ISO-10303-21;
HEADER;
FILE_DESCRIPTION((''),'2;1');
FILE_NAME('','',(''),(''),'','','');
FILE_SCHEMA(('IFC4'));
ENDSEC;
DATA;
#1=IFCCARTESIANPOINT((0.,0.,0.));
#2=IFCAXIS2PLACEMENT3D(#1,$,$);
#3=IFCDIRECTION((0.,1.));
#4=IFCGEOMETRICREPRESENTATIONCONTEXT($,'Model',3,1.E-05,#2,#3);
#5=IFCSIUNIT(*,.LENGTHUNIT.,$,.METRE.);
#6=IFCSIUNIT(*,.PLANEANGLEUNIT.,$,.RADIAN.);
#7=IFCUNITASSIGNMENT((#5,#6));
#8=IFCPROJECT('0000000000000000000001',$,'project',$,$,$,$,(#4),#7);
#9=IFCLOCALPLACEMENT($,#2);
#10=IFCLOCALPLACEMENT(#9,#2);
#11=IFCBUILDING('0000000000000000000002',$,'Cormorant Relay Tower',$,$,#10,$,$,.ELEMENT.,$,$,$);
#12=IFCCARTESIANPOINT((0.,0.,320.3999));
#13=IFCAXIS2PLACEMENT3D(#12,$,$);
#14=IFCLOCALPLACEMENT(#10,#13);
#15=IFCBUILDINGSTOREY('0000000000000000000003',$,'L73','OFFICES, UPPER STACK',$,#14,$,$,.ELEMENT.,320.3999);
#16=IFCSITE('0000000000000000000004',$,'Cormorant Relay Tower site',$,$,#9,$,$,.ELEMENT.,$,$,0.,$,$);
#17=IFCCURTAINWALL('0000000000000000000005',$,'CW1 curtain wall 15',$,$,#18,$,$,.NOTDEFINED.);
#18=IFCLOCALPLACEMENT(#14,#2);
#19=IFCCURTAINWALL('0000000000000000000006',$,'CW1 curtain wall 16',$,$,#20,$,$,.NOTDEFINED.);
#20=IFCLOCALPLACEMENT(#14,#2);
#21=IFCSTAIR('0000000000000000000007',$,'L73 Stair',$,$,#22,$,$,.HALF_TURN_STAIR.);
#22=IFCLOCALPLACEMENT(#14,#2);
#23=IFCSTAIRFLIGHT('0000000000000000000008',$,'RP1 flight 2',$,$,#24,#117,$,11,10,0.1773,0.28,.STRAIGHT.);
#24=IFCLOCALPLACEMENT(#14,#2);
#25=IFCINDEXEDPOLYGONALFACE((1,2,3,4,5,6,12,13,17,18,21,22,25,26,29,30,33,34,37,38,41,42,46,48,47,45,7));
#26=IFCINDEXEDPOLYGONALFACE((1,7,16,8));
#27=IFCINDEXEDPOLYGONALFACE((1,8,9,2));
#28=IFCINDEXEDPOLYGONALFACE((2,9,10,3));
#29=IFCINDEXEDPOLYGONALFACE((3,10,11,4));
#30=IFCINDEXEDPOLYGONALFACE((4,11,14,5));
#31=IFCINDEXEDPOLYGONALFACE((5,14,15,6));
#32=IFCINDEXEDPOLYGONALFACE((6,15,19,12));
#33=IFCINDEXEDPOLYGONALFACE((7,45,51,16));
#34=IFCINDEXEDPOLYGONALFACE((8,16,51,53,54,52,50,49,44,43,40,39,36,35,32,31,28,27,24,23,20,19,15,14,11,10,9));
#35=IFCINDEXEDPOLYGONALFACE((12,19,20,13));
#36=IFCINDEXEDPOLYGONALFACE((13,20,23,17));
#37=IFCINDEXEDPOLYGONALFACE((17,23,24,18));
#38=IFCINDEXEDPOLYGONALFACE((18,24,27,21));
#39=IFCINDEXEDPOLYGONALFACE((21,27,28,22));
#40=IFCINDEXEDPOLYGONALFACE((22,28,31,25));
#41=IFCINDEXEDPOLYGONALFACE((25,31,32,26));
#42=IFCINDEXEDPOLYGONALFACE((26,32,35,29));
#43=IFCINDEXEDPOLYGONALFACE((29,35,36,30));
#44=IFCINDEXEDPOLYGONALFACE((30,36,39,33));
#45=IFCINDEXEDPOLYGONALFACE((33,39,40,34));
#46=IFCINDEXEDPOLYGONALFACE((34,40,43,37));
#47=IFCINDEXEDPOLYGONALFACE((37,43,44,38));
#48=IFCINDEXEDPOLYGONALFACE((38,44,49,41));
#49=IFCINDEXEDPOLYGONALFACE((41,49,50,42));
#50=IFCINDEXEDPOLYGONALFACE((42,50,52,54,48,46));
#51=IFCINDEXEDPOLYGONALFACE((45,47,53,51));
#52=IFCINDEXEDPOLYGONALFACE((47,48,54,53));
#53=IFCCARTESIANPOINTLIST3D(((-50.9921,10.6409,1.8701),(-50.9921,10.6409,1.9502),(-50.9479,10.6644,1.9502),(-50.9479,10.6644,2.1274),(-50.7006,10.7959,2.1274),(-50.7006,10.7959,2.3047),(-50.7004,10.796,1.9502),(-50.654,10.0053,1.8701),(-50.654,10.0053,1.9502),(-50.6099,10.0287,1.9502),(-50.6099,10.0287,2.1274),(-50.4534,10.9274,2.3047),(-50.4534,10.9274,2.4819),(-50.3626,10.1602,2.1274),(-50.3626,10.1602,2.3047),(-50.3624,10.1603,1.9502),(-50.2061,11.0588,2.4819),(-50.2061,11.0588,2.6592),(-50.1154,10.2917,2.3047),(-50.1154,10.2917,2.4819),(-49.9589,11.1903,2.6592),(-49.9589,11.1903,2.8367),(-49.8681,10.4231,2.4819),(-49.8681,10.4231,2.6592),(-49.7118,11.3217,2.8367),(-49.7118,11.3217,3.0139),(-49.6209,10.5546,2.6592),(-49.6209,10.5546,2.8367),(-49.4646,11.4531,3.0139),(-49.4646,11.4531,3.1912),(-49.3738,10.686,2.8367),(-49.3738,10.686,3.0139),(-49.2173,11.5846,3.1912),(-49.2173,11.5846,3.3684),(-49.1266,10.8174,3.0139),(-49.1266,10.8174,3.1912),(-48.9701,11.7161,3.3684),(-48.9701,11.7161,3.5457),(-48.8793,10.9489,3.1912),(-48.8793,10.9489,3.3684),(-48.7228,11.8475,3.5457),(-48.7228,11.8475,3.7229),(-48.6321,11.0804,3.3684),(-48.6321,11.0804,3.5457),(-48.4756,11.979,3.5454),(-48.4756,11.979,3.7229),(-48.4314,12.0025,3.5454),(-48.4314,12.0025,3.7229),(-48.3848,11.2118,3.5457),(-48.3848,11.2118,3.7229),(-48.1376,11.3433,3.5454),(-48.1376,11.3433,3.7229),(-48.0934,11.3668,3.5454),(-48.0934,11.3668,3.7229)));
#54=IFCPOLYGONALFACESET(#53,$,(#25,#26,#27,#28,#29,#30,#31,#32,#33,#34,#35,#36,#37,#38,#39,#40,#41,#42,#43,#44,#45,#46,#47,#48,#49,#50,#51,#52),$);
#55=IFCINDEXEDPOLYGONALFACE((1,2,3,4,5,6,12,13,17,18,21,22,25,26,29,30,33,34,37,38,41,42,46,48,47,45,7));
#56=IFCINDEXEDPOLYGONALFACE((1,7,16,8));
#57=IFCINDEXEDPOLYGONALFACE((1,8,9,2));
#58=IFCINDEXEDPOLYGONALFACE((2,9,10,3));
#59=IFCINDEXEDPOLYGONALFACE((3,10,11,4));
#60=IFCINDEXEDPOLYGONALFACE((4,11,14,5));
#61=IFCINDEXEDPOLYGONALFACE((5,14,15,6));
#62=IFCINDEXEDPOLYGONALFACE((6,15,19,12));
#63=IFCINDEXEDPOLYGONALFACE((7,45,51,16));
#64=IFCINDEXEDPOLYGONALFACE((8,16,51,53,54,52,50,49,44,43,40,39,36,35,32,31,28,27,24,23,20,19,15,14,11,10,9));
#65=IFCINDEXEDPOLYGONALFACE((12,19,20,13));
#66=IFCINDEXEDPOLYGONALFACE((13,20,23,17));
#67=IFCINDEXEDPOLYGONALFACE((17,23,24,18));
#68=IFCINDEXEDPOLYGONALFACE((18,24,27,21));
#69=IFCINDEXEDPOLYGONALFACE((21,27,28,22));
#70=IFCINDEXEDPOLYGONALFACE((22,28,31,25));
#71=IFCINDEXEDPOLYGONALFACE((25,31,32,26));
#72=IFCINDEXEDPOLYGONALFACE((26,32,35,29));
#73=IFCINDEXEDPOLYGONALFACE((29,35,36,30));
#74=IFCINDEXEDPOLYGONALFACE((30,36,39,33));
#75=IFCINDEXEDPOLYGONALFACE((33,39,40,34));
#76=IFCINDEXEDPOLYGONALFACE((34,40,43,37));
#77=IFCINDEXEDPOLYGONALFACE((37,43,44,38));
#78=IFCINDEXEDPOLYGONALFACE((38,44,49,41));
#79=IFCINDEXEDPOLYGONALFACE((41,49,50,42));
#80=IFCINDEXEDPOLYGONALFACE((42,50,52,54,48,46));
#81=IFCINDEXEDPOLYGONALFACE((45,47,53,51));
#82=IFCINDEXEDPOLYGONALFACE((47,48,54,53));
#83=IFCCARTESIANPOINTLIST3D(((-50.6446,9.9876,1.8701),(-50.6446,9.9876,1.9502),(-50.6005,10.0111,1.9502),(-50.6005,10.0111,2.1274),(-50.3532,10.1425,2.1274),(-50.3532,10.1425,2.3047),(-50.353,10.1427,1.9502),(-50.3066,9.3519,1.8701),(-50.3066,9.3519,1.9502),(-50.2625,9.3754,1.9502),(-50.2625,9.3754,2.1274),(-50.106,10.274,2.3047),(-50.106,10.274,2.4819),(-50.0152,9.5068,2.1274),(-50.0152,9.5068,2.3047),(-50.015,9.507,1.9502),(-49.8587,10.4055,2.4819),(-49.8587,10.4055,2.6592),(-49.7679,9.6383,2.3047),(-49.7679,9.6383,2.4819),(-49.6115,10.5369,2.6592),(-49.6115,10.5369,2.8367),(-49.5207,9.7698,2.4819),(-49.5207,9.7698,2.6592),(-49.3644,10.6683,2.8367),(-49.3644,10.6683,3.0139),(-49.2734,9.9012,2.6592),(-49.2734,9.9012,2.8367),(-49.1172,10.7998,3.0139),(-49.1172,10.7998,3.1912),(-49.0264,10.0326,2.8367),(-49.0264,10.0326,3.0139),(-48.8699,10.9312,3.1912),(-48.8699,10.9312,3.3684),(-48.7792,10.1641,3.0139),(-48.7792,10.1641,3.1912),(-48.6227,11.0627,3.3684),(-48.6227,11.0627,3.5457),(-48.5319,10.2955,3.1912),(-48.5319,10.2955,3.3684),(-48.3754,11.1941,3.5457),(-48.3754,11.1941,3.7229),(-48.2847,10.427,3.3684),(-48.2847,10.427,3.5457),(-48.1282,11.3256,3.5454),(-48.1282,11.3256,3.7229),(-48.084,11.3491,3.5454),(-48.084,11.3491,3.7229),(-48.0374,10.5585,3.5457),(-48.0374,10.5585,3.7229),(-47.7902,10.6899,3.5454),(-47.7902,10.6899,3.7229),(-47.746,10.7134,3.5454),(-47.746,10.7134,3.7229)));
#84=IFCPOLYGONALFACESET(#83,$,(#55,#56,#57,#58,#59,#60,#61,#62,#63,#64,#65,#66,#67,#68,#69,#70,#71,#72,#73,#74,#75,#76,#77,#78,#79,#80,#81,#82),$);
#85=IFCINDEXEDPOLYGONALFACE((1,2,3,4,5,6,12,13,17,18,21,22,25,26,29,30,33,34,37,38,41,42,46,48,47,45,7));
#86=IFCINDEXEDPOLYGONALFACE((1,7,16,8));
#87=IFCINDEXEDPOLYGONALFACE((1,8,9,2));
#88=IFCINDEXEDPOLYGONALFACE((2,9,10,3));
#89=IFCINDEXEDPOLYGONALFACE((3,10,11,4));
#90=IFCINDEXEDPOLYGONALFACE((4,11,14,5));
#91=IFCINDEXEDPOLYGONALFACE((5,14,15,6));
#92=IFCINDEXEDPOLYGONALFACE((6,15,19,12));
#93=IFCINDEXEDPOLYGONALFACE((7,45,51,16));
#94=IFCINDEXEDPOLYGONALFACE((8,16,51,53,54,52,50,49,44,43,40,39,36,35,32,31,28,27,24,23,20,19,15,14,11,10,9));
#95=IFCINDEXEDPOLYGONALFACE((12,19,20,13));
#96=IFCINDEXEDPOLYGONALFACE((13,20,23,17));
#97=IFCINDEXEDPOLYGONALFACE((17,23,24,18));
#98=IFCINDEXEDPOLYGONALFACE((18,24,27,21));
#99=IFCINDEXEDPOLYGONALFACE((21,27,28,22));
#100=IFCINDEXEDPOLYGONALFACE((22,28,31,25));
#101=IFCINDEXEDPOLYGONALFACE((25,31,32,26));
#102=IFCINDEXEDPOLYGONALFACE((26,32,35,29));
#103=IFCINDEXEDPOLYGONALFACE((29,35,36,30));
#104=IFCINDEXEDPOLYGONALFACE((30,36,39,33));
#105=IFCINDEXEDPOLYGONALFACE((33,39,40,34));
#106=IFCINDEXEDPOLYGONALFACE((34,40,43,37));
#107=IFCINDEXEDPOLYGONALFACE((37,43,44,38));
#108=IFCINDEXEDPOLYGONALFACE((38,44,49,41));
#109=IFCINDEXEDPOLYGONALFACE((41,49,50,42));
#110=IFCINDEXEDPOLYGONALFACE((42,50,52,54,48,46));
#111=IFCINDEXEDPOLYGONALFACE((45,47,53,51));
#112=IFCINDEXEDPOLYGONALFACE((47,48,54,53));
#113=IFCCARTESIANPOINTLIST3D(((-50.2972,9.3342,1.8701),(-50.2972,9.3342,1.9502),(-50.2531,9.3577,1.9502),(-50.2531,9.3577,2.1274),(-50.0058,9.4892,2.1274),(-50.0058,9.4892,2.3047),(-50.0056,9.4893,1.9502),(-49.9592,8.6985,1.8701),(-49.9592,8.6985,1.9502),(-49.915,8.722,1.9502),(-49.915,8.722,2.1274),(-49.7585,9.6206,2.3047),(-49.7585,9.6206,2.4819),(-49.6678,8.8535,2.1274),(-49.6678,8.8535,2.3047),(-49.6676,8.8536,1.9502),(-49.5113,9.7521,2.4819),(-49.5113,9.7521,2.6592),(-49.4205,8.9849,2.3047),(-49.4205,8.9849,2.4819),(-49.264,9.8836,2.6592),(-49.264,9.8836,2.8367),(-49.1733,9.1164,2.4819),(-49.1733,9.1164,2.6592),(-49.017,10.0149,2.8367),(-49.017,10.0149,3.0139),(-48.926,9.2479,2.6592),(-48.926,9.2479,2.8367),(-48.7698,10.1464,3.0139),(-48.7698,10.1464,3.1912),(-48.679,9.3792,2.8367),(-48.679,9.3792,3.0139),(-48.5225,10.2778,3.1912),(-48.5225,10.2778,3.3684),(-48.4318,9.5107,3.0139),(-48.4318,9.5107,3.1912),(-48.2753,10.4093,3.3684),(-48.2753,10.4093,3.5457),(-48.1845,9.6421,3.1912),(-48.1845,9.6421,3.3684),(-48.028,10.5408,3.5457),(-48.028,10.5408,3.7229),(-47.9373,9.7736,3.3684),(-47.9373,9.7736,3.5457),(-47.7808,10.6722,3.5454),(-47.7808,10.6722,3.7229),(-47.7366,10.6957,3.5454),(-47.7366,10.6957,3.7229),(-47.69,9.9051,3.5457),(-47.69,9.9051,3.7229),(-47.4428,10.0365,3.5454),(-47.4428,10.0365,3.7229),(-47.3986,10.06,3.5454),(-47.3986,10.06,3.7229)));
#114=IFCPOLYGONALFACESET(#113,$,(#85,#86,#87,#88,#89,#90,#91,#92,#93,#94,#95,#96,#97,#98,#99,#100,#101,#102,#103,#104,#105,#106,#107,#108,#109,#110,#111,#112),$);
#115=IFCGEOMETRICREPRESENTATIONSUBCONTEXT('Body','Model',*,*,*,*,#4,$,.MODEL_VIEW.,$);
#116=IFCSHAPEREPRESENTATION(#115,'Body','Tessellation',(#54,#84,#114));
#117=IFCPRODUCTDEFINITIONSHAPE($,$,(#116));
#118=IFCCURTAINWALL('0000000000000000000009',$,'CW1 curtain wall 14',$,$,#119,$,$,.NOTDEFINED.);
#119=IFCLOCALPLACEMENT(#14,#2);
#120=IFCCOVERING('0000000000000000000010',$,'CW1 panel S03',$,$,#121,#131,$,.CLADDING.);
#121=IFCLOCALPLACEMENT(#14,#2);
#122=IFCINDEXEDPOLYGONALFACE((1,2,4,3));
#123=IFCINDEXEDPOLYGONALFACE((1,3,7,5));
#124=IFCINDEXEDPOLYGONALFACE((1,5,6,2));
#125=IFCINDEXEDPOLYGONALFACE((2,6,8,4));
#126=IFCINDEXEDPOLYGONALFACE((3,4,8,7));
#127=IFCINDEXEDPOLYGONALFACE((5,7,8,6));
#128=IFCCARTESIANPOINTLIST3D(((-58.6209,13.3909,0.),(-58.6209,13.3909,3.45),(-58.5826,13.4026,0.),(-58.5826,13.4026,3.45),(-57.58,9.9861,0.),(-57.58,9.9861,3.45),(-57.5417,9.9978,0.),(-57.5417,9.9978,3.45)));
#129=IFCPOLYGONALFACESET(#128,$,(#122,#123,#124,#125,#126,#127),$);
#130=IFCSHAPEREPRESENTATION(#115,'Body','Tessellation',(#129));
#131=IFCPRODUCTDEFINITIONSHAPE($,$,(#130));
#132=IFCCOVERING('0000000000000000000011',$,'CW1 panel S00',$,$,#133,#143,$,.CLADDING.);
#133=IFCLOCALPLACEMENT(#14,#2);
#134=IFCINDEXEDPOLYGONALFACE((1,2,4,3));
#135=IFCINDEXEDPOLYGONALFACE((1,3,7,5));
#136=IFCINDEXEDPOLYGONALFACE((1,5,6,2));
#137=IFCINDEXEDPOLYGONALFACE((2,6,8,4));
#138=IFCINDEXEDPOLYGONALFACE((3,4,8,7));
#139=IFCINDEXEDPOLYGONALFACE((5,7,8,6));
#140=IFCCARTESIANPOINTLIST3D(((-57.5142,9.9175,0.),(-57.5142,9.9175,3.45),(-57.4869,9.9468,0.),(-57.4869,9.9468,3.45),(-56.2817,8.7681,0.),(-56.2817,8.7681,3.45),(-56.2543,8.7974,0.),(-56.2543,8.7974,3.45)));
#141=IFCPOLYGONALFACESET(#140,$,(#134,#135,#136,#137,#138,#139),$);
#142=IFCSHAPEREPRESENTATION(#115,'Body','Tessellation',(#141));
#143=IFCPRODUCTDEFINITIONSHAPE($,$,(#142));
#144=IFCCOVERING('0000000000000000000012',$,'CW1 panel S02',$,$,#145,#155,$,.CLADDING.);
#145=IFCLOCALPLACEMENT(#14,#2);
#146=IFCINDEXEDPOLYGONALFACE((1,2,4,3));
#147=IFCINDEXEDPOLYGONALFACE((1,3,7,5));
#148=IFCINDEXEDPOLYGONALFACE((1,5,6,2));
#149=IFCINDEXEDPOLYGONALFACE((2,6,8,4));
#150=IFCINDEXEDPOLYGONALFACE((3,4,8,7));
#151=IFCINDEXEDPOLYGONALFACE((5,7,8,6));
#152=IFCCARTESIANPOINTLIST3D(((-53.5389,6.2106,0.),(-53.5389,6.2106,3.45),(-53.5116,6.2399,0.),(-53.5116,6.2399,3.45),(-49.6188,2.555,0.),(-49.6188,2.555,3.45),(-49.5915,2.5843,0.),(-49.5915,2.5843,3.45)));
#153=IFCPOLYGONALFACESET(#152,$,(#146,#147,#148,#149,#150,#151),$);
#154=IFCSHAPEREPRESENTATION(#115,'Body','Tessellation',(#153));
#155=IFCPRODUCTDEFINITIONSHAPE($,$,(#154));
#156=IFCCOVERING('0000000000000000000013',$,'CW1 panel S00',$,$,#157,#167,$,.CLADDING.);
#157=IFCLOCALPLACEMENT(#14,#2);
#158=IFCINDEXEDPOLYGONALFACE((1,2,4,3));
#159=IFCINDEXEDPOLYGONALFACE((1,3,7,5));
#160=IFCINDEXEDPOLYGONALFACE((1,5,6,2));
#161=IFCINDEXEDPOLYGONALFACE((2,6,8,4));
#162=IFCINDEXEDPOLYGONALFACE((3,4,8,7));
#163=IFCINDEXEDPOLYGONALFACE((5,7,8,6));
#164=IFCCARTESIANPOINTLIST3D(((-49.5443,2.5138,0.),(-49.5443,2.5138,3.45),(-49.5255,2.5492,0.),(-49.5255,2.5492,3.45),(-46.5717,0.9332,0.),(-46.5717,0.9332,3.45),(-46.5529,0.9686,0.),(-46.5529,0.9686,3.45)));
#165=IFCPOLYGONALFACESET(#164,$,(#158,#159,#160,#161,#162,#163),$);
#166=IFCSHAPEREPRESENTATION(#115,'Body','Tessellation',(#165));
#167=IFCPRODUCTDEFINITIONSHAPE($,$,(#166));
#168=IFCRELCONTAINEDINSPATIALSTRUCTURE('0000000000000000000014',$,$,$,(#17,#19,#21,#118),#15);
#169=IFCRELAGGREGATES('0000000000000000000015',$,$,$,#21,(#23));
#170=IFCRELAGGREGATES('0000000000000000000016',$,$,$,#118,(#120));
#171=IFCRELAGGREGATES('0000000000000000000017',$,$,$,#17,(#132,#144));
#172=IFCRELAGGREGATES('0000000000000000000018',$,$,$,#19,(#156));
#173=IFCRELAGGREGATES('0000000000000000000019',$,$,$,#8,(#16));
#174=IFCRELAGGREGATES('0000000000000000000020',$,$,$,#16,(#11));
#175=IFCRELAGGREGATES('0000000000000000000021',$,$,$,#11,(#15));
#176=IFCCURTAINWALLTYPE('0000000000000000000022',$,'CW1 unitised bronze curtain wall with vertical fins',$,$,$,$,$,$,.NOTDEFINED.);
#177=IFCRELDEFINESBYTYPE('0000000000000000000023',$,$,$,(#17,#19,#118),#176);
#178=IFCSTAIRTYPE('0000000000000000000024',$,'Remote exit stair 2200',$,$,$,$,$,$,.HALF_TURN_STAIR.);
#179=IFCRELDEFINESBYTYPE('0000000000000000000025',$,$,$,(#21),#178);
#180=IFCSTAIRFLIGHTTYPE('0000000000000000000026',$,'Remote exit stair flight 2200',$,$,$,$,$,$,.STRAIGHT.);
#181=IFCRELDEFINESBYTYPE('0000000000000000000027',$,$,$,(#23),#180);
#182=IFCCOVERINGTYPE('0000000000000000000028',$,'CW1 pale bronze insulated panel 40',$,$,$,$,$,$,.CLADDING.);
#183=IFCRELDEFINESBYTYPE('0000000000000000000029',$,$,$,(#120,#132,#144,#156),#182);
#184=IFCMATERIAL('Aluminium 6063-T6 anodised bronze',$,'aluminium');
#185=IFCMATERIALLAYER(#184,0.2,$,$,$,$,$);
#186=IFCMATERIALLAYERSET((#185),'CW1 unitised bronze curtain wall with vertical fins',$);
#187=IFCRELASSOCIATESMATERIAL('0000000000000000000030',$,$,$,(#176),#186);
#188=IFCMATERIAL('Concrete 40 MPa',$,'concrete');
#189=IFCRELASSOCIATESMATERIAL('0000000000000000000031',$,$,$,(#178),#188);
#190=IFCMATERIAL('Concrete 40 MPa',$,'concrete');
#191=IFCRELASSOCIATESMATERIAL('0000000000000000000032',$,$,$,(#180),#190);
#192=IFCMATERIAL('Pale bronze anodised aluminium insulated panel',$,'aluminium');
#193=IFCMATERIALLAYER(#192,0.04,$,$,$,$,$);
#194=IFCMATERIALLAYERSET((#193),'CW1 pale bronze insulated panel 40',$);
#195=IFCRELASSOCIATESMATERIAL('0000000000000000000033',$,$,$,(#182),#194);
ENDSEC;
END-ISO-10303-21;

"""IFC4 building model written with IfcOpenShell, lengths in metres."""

from ifc_helpers import new_model, si_unit, direction, frame, origin, origin_2d, place, context, subcontext, project, spatial, polyline, rectangle, outline, extrude, material, layer, layer_set, type_object, element, aggregate, save


model = new_model("IFC4")

# Units and contexts
model_context = context("Model", 3, precision=1e-05, world=origin(), true_north=direction((0.0, 1.0)))
body_context = subcontext(model_context, "Body", "Model", "MODEL_VIEW")
ifc_project = project(units=[si_unit("LENGTHUNIT", "METRE"), si_unit("PLANEANGLEUNIT", "RADIAN")], contexts=[model_context])

# Site, building, storey
site_placement = place(None, origin())
site = spatial("IfcSite", under=ifc_project, at=site_placement, Name="Cormorant Relay Tower site", CompositionType="ELEMENT", RefElevation=0.0)
building_placement = place(site_placement, origin())
building = spatial("IfcBuilding", under=site, at=building_placement, Name="Cormorant Relay Tower", CompositionType="ELEMENT")
storey_placement = place(building_placement, frame((0.0, 0.0, 320.3999)))
storey = spatial("IfcBuildingStorey", under=building, at=storey_placement, Name="L73", Description="OFFICES, UPPER STACK", CompositionType="ELEMENT", Elevation=320.3999)

# Curtain wall
ifc_material_1 = material(Name="Aluminium 6063-T6 anodised bronze", Category="aluminium")
ifc_layer_1 = layer(ifc_material_1, 0.2)
ifc_layer_set_1 = layer_set([ifc_layer_1], Name="CW1 unitised bronze curtain wall with vertical fins")
curtain_wall_type = type_object("IfcCurtainWallType", Name="CW1 unitised bronze curtain wall with vertical fins", PredefinedType="NOTDEFINED", material=ifc_layer_set_1)
curtain_wall_1_placement = place(storey_placement, origin())
curtain_wall_1 = element("IfcCurtainWall", 1, at=curtain_wall_1_placement, inside=storey, type_object=curtain_wall_type, Name="CW1 curtain wall 15", PredefinedType="NOTDEFINED")

# Curtain wall
curtain_wall_2_placement = place(storey_placement, origin())
curtain_wall_2 = element("IfcCurtainWall", 2, at=curtain_wall_2_placement, inside=storey, type_object=curtain_wall_type, Name="CW1 curtain wall 16", PredefinedType="NOTDEFINED")

# Stair, stair flight
ifc_material_2 = material(Name="Concrete 40 MPa", Category="concrete")
stair_type = type_object("IfcStairType", Name="Remote exit stair 2200", PredefinedType="HALF_TURN_STAIR", material=ifc_material_2)
stair_placement = place(storey_placement, origin())
stair = element("IfcStair", 3, at=stair_placement, inside=storey, type_object=stair_type, Name="L73 Stair", PredefinedType="HALF_TURN_STAIR")
ifc_material_3 = material(Name="Concrete 40 MPa", Category="concrete")
stair_flight_type = type_object("IfcStairFlightType", Name="Remote exit stair flight 2200", PredefinedType="STRAIGHT", material=ifc_material_3)
stair_flight_1_placement = place(storey_placement, frame((-50.4314, 9.6931, 1.9502), z_axis=(0.0, 0.0, 1.0), x_axis=(0.882948, 0.469472, 0.0)))
stair_flight_1 = element("IfcStairFlight", 4, at=stair_flight_1_placement, type_object=stair_flight_type, Name="RP1 flight 2", NumberOfRisers=11, NumberOfTreads=10, PredefinedType="STRAIGHT", RiserHeight=0.1773, TreadLength=0.28, context=body_context, shape_type="SweptSolid", body=[
    extrude(outline(polyline([(-0.05, -0.0801), (-0.05, 0.0), (0.0, 0.0), (0.0, 0.1772), (0.28, 0.1772), (0.28, 0.3545), (0.5601, 0.3545), (0.5601, 0.5317), (0.8401, 0.5317), (0.8401, 0.709), (1.1201, 0.709), (1.1201, 0.8865), (1.3999, 0.8865), (1.3999, 1.0637), (1.6799, 1.0637), (1.6799, 1.241), (1.96, 1.241), (1.96, 1.4182), (2.24, 1.4182), (2.24, 1.5955), (2.52, 1.5955), (2.52, 1.7727), (2.8, 1.7727), (2.8501, 1.7727), (2.8501, 1.5952), (2.8, 1.5952), (0.2803, 0.0), (-0.05, -0.0801)])), frame((0.0, 1.1001, 0.0), z_axis=(0.0, -1.0, 0.0), x_axis=(1.0, 0.0, 0.0)), (0.0, 0.0, 1.0), 0.72),
    extrude(outline(polyline([(-0.05, -0.0801), (-0.05, 0.0), (0.0, 0.0), (0.0, 0.1772), (0.28, 0.1772), (0.28, 0.3545), (0.5601, 0.3545), (0.5601, 0.5317), (0.8401, 0.5317), (0.8401, 0.709), (1.1201, 0.709), (1.1201, 0.8865), (1.3999, 0.8865), (1.3999, 1.0637), (1.6799, 1.0637), (1.6799, 1.241), (1.96, 1.241), (1.96, 1.4182), (2.24, 1.4182), (2.24, 1.5955), (2.52, 1.5955), (2.52, 1.7727), (2.8, 1.7727), (2.8501, 1.7727), (2.8501, 1.5952), (2.8, 1.5952), (0.2803, 0.0), (-0.05, -0.0801)])), frame((0.0, 0.3601, 0.0), z_axis=(0.0, -1.0, 0.0), x_axis=(1.0, 0.0, 0.0)), (0.0, 0.0, 1.0), 0.72),
    extrude(outline(polyline([(-0.05, -0.0801), (-0.05, 0.0), (0.0, 0.0), (0.0, 0.1772), (0.28, 0.1772), (0.28, 0.3545), (0.5601, 0.3545), (0.5601, 0.5317), (0.8401, 0.5317), (0.8401, 0.709), (1.1201, 0.709), (1.1201, 0.8865), (1.3999, 0.8865), (1.3999, 1.0637), (1.6799, 1.0637), (1.6799, 1.241), (1.96, 1.241), (1.96, 1.4182), (2.24, 1.4182), (2.24, 1.5955), (2.52, 1.5955), (2.52, 1.7727), (2.8, 1.7727), (2.8501, 1.7727), (2.8501, 1.5952), (2.8, 1.5952), (0.2803, 0.0), (-0.05, -0.0801)])), frame((0.0, -0.3799, 0.0), z_axis=(0.0, -1.0, 0.0), x_axis=(1.0, 0.0, 0.0)), (0.0, 0.0, 1.0), 0.72),
])
aggregate(stair, [stair_flight_1])

# Curtain wall, covering
curtain_wall_3_placement = place(storey_placement, origin())
curtain_wall_3 = element("IfcCurtainWall", 5, at=curtain_wall_3_placement, inside=storey, type_object=curtain_wall_type, Name="CW1 curtain wall 14", PredefinedType="NOTDEFINED")
ifc_material_4 = material(Name="Pale bronze anodised aluminium insulated panel", Category="aluminium")
ifc_layer_2 = layer(ifc_material_4, 0.04)
ifc_layer_set_2 = layer_set([ifc_layer_2], Name="CW1 pale bronze insulated panel 40")
covering_type = type_object("IfcCoveringType", Name="CW1 pale bronze insulated panel 40", PredefinedType="CLADDING", material=ifc_layer_set_2)
covering_1_placement = place(storey_placement, frame((-58.0813, 11.6943, 0.0), z_axis=(0.0, 0.0, 1.0), x_axis=(0.292372, -0.956305, 0.0)))
covering_1 = element("IfcCovering", 6, at=covering_1_placement, type_object=covering_type, Name="CW1 panel S03", PredefinedType="CLADDING", context=body_context, shape_type="SweptSolid", body=[
    extrude(rectangle(XDim=3.5603, YDim=0.04, at=origin_2d()), origin(), (0.0, 0.0, 1.0), 3.45),
])
aggregate(curtain_wall_3, [covering_1])

# Coverings
covering_2_placement = place(storey_placement, frame((-56.8843, 9.3574, 0.0), z_axis=(0.0, 0.0, 1.0), x_axis=(0.731354, -0.681998, 0.0)))
covering_2 = element("IfcCovering", 7, at=covering_2_placement, type_object=covering_type, Name="CW1 panel S00", PredefinedType="CLADDING", context=body_context, shape_type="SweptSolid", body=[
    extrude(rectangle(XDim=1.6853, YDim=0.04, at=origin_2d()), origin(), (0.0, 0.0, 1.0), 3.45),
])
covering_3_placement = place(storey_placement, frame((-51.5652, 4.3975, 0.0), z_axis=(0.0, 0.0, 1.0), x_axis=(0.731354, -0.681998, 0.0)))
covering_3 = element("IfcCovering", 8, at=covering_3_placement, type_object=covering_type, Name="CW1 panel S02", PredefinedType="CLADDING", context=body_context, shape_type="SweptSolid", body=[
    extrude(rectangle(XDim=5.3601, YDim=0.04, at=origin_2d()), origin(), (0.0, 0.0, 1.0), 3.45),
])
aggregate(curtain_wall_1, [covering_2, covering_3])
covering_4_placement = place(storey_placement, frame((-48.0486, 1.7412, 0.0), z_axis=(0.0, 0.0, 1.0), x_axis=(0.882948, -0.469472, 0.0)))
covering_4 = element("IfcCovering", 9, at=covering_4_placement, type_object=covering_type, Name="CW1 panel S00", PredefinedType="CLADDING", context=body_context, shape_type="SweptSolid", body=[
    extrude(rectangle(XDim=3.3667, YDim=0.04, at=origin_2d()), origin(), (0.0, 0.0, 1.0), 3.45),
])
aggregate(curtain_wall_2, [covering_4])

save(model, "model.ifc")
